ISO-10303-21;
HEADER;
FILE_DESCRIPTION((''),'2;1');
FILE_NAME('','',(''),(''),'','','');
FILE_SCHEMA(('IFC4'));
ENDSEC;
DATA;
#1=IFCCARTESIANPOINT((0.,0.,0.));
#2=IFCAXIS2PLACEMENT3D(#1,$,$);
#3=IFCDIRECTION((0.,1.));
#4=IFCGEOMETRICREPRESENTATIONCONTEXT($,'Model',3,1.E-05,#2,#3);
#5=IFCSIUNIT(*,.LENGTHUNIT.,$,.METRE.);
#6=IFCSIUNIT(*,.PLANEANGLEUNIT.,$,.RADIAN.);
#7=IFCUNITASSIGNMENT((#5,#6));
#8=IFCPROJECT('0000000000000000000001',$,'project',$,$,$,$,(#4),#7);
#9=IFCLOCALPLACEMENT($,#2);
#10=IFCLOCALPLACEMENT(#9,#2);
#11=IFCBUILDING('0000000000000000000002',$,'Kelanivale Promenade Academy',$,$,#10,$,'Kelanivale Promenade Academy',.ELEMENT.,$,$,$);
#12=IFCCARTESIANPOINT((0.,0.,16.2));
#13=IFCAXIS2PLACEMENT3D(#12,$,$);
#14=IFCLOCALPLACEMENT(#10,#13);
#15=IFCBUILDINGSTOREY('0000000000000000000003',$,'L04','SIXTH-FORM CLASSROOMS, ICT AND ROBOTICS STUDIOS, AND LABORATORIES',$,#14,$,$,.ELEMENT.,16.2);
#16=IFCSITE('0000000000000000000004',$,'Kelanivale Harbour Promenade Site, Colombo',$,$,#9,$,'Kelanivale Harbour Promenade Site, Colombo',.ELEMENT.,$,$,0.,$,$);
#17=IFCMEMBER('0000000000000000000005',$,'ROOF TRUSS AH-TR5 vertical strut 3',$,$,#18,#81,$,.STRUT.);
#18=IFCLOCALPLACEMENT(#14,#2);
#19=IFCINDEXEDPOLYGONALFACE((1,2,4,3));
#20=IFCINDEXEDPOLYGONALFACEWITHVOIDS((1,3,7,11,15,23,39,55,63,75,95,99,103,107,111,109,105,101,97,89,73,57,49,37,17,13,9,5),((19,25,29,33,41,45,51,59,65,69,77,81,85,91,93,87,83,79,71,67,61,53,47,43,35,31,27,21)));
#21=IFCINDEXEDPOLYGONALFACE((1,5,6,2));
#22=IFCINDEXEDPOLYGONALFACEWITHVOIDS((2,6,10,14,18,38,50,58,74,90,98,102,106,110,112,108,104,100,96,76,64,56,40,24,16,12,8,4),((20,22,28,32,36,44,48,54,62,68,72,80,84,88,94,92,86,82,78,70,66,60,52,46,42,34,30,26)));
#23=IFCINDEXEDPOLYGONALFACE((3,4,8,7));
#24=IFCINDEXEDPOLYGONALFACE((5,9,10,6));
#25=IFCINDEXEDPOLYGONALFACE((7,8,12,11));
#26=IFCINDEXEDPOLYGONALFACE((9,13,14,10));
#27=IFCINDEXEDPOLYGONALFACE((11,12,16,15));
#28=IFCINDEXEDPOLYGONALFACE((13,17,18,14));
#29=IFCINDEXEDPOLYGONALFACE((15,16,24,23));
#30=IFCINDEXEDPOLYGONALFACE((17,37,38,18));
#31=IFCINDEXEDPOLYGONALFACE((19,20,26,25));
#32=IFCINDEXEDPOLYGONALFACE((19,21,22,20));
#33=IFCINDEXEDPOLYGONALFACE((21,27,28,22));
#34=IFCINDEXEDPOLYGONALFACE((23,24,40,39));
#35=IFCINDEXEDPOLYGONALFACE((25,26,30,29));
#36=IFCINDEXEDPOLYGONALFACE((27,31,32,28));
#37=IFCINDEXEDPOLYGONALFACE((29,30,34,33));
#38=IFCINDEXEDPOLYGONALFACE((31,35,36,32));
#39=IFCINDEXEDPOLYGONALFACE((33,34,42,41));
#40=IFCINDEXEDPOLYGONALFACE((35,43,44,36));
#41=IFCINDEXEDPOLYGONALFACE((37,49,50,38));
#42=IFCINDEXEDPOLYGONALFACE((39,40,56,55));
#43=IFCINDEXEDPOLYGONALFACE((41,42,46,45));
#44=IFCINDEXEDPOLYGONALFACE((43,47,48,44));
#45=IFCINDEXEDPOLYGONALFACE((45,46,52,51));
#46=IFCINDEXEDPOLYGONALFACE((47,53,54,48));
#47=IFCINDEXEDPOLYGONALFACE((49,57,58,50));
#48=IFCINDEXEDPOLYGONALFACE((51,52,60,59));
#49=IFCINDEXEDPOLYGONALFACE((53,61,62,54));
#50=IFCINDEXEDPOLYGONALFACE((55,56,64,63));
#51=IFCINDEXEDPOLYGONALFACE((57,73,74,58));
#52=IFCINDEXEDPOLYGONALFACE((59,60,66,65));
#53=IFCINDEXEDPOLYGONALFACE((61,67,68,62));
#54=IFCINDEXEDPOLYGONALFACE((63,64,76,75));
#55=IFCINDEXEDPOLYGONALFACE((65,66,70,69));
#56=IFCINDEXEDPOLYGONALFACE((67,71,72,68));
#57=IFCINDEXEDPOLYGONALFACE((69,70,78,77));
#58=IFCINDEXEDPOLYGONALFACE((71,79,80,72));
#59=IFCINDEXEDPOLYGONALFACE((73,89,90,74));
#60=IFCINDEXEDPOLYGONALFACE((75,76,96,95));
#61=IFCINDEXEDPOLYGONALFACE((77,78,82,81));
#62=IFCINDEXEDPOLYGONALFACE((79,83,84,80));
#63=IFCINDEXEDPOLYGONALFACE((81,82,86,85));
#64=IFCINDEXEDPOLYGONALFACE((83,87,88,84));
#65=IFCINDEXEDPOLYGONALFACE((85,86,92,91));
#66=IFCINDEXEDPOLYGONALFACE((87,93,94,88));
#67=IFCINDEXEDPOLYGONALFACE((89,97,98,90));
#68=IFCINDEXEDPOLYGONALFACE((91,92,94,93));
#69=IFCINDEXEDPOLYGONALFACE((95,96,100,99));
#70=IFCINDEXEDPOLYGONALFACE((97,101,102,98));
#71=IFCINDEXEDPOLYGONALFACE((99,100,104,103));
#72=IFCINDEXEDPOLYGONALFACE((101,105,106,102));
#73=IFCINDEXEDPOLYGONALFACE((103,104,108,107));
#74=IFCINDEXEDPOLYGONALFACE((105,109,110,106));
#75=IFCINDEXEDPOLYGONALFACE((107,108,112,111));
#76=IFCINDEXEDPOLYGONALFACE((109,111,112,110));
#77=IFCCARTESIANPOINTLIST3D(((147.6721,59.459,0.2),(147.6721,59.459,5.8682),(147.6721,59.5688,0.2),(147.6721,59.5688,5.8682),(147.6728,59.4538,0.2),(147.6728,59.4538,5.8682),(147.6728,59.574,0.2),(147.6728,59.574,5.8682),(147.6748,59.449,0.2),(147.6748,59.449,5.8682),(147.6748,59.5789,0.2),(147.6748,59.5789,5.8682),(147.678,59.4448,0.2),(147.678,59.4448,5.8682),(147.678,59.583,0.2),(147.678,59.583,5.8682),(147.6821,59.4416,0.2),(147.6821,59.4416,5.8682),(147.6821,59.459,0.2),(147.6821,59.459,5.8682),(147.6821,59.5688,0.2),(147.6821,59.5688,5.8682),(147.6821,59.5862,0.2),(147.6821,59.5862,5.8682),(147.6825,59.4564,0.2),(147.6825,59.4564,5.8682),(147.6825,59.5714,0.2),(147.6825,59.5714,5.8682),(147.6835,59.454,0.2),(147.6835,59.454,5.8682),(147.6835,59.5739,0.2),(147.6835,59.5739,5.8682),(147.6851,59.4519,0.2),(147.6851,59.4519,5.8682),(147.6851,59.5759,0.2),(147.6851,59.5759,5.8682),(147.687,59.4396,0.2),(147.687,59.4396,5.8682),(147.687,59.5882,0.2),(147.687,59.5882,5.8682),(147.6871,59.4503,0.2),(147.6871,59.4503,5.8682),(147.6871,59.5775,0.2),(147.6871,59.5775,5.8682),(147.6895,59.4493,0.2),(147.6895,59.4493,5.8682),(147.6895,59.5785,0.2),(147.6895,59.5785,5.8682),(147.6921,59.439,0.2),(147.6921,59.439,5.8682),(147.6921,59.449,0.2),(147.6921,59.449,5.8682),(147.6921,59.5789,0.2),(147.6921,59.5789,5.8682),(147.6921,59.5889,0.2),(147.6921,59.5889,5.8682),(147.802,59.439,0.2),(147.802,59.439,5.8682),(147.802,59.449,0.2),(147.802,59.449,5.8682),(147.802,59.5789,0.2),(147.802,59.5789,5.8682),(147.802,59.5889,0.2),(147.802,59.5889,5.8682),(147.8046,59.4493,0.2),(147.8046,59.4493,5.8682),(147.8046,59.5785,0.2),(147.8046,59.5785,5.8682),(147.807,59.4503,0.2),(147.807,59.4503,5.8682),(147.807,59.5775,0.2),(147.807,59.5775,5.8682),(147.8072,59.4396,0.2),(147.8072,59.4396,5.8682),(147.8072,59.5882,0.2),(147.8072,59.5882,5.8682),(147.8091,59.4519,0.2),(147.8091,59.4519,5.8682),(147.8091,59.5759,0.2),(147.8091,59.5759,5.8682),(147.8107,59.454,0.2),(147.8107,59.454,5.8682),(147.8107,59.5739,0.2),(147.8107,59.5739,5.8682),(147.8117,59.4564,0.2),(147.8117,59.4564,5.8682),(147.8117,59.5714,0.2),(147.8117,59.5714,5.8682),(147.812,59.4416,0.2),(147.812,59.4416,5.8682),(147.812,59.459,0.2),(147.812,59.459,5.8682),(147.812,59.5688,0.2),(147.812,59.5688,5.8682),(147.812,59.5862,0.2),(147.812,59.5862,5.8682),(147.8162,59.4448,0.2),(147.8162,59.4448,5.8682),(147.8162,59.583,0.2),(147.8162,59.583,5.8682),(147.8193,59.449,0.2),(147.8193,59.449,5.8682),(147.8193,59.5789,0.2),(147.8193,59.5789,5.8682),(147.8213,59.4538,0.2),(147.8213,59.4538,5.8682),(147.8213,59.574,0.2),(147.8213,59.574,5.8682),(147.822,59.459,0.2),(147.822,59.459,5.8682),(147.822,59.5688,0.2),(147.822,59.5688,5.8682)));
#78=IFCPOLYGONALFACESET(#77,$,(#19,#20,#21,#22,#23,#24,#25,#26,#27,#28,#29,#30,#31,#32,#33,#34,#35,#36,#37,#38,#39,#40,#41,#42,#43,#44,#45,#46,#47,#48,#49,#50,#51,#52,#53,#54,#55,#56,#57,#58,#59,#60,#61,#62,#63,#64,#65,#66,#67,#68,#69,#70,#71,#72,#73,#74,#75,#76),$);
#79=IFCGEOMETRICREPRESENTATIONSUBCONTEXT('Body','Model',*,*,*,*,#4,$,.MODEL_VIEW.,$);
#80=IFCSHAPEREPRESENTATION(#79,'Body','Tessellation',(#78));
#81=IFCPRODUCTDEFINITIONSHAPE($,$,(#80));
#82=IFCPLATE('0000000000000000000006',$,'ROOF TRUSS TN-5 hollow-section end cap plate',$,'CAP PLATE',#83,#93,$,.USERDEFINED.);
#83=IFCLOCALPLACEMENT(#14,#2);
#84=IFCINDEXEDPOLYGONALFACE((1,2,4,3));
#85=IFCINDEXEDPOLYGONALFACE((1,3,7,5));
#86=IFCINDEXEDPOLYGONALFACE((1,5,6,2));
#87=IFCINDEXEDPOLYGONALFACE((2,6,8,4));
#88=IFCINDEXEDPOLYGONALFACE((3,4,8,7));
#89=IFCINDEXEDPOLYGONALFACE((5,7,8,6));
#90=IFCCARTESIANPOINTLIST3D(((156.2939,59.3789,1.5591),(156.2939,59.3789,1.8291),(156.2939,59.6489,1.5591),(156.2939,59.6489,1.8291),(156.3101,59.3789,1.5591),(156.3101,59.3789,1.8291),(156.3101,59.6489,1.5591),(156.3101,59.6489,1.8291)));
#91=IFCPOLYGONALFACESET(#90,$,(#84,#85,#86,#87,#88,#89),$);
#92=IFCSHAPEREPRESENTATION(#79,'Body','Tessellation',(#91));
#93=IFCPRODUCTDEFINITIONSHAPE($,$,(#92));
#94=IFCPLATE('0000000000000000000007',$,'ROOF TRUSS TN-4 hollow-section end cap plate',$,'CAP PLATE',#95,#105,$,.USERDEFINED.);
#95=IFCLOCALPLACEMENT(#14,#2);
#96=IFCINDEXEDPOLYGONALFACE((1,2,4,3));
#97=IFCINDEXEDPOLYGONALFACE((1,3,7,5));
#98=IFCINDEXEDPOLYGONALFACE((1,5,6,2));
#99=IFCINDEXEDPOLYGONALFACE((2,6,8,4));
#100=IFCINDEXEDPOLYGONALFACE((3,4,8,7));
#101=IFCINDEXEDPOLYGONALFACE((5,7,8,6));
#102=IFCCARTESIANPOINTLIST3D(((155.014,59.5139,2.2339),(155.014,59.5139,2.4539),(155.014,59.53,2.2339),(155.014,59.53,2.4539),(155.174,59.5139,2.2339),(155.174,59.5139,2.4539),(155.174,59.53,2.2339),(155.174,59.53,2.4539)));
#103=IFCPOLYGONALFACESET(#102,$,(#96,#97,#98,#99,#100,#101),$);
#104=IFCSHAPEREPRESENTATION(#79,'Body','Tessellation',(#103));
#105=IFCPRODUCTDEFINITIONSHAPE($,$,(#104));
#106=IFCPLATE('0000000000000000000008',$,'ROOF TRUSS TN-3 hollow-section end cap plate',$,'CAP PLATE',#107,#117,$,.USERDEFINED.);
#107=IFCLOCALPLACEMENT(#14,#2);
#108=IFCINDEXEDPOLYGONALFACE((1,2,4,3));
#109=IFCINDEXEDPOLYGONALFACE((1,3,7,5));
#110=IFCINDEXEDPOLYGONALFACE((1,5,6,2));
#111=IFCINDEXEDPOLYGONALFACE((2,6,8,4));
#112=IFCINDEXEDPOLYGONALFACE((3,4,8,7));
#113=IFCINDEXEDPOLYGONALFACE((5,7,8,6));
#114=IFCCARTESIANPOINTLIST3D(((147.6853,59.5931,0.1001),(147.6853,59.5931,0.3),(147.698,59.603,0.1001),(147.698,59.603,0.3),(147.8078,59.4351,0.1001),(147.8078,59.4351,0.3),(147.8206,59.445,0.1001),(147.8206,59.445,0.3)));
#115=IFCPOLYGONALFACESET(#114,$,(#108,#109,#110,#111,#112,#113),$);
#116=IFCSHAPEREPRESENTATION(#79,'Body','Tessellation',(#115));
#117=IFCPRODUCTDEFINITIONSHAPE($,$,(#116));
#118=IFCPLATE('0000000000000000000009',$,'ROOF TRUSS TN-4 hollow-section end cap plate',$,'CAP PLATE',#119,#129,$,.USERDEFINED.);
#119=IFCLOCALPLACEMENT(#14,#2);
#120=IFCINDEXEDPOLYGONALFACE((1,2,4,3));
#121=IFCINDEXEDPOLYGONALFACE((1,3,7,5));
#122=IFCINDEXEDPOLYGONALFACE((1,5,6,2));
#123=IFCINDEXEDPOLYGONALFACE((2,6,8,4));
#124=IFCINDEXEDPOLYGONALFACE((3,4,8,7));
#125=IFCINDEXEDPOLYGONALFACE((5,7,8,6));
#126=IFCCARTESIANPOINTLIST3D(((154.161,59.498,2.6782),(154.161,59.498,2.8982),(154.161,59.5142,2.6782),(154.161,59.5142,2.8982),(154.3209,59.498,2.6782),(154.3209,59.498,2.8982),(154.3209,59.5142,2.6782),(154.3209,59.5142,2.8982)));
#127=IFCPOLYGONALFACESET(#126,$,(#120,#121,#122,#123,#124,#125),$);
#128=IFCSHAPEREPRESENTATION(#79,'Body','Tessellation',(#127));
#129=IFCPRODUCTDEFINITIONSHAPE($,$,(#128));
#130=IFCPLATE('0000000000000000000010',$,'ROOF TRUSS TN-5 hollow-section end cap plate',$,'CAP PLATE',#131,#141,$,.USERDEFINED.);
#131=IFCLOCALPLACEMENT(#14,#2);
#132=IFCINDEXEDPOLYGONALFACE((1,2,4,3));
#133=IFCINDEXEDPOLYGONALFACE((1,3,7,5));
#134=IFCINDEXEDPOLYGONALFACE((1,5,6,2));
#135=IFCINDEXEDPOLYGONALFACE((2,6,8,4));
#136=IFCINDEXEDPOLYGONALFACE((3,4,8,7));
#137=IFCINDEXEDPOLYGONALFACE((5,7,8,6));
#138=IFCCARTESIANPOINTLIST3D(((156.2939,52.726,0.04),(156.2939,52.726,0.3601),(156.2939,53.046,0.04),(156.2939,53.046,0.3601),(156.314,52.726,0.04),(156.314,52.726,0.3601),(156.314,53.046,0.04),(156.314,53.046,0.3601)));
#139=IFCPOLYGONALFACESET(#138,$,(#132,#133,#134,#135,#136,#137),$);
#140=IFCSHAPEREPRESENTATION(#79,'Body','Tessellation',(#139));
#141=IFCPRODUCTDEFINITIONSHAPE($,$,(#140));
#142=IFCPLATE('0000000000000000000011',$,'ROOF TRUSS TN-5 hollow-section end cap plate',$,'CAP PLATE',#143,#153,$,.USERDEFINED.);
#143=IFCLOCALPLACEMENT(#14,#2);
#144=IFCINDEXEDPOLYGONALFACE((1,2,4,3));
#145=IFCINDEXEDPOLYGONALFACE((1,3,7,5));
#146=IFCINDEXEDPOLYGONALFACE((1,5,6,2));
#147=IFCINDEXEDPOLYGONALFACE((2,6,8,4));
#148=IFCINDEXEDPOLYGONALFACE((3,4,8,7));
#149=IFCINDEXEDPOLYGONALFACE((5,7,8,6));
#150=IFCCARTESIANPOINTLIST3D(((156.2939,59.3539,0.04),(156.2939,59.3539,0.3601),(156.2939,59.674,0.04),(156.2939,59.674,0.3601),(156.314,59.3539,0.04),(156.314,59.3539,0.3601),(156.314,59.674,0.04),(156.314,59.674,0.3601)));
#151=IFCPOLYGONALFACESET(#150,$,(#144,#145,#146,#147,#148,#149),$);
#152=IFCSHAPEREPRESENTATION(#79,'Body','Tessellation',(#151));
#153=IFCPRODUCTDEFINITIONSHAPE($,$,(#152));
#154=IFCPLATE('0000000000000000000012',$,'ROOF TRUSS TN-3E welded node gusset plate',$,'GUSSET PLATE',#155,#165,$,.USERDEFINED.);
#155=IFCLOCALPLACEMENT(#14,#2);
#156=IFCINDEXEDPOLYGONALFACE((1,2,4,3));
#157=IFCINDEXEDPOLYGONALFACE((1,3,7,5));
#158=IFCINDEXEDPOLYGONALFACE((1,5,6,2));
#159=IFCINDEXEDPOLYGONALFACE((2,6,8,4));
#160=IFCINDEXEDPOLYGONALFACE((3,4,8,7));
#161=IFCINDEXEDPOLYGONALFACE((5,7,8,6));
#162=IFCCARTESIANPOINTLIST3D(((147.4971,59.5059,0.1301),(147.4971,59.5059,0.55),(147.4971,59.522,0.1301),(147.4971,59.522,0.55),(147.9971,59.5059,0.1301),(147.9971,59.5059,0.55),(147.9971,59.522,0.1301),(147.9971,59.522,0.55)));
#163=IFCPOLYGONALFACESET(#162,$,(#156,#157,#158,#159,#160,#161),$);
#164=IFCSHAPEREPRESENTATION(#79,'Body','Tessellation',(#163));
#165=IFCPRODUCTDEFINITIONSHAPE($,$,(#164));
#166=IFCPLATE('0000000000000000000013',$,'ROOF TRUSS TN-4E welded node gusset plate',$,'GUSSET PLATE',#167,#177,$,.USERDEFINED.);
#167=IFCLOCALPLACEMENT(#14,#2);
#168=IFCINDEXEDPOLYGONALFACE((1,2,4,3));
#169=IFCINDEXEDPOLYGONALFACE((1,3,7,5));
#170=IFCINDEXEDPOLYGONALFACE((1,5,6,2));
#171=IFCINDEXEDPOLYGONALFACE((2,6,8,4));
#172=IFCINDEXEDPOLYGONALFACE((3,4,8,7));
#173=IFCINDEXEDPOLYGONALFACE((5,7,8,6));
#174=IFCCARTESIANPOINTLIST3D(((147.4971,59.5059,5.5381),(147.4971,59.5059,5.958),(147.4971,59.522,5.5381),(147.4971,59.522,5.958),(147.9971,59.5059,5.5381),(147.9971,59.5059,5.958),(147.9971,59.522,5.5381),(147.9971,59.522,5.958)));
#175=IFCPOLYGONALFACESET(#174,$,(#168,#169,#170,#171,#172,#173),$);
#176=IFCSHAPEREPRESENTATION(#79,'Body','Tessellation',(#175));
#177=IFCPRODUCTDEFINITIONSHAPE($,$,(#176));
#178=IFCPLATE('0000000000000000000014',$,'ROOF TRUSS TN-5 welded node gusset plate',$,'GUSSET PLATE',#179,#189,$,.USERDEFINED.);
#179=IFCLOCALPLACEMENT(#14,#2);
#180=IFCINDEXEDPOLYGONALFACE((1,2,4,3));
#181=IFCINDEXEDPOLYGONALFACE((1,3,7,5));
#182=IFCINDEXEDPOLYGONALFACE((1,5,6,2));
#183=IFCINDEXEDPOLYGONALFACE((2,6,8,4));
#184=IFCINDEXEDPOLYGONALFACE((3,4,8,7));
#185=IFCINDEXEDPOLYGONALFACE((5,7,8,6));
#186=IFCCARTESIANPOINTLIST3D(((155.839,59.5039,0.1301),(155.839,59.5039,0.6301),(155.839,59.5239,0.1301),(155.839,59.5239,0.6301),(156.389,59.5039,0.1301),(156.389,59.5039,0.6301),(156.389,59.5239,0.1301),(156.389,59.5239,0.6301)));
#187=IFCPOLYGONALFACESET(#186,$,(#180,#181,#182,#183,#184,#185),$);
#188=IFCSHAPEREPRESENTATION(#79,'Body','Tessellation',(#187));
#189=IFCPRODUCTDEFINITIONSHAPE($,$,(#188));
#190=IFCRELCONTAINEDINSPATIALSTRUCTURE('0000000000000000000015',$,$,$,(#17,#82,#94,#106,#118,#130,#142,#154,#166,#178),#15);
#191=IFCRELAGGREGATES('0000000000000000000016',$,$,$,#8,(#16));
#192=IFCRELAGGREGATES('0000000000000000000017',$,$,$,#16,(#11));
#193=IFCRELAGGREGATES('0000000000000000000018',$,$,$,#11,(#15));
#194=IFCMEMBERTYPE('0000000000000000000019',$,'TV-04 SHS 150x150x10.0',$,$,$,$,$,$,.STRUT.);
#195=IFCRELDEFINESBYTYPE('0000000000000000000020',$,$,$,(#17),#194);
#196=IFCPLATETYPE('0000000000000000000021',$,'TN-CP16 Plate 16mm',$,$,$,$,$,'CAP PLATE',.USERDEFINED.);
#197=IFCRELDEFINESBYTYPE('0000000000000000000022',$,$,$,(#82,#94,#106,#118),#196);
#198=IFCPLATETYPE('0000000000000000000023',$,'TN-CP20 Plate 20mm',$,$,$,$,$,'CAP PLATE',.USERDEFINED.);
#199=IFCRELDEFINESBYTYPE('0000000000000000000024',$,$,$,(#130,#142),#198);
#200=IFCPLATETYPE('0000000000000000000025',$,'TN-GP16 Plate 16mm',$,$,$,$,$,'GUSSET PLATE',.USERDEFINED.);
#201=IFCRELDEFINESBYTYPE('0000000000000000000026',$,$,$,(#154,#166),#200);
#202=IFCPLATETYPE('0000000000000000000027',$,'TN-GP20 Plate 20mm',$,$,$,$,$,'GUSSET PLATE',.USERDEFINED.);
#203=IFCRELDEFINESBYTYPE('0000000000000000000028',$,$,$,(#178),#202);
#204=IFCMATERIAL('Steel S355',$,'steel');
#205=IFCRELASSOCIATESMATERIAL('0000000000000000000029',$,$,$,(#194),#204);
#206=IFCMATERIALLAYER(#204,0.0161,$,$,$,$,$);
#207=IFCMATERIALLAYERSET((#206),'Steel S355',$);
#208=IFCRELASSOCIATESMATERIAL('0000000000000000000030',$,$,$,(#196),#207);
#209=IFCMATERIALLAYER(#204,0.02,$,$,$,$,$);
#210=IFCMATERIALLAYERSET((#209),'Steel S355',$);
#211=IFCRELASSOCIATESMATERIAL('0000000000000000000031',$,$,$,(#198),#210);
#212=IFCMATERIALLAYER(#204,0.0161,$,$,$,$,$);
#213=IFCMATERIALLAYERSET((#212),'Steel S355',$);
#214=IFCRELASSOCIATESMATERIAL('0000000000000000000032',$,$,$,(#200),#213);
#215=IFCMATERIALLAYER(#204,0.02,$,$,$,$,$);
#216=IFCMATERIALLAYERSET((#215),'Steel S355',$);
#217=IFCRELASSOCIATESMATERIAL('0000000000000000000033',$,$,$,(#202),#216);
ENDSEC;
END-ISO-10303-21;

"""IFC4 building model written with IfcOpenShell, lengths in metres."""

from ifc_helpers import new_model, si_unit, direction, frame, origin, origin_2d, place, context, subcontext, project, spatial, rectangle, hollow_rectangle, extrude, material, layer, layer_set, material_profile, profile_set, type_object, element, save


model = new_model("IFC4")

# Units and contexts
model_context = context("Model", 3, precision=1e-05, world=origin(), true_north=direction((0.0, 1.0)))
body_context = subcontext(model_context, "Body", "Model", "MODEL_VIEW")
ifc_project = project(units=[si_unit("LENGTHUNIT", "METRE"), si_unit("PLANEANGLEUNIT", "RADIAN")], contexts=[model_context])

# Site, building, storey
site_placement = place(None, origin())
site = spatial("IfcSite", under=ifc_project, at=site_placement, Name="Kelanivale Harbour Promenade Site, Colombo", LongName="Kelanivale Harbour Promenade Site, Colombo", CompositionType="ELEMENT", RefElevation=0.0)
building_placement = place(site_placement, origin())
building = spatial("IfcBuilding", under=site, at=building_placement, Name="Kelanivale Promenade Academy", LongName="Kelanivale Promenade Academy", CompositionType="ELEMENT")
storey_placement = place(building_placement, frame((0.0, 0.0, 16.2)))
storey = spatial("IfcBuildingStorey", under=building, at=storey_placement, Name="L04", Description="SIXTH-FORM CLASSROOMS, ICT AND ROBOTICS STUDIOS, AND LABORATORIES", CompositionType="ELEMENT", Elevation=16.2)

# Shared definitions
ifc_material_1 = material(Name="Steel S355", Category="steel")

# Member
ifc_material_profile_1 = material_profile(ifc_material_1, hollow_rectangle(XDim=0.1499, YDim=0.1499, WallThickness=0.01, InnerFilletRadius=0.01, OuterFilletRadius=0.02, at=origin_2d()), Name="SHS 150x150x10.0")
ifc_profile_set_1 = profile_set([ifc_material_profile_1], Name="Steel S355")
member_type_1 = type_object("IfcMemberType", Name="TV-04 SHS 150x150x10.0", PredefinedType="STRUT", material=ifc_profile_set_1)
member_1_placement = place(storey_placement, frame((147.7471, 59.5139, 0.2), z_axis=(0.0, 0.0, 1.0), x_axis=(1.0, 0.0, 0.0)))
element("IfcMember", 1, at=member_1_placement, inside=storey, type_object=member_type_1, Name="ROOF TRUSS AH-TR5 vertical strut 3", PredefinedType="STRUT", context=body_context, shape_type="SweptSolid", body=[
    extrude(hollow_rectangle(XDim=0.1499, YDim=0.1499, WallThickness=0.01, InnerFilletRadius=0.01, OuterFilletRadius=0.02, at=origin_2d()), origin(), (0.0, 0.0, 1.0), 5.6682),
])

# Plates
ifc_layer_1 = layer(ifc_material_1, 0.0161)
ifc_layer_set_1 = layer_set([ifc_layer_1], Name="Steel S355")
plate_type_1 = type_object("IfcPlateType", Name="TN-CP16 Plate 16mm", ElementType="CAP PLATE", PredefinedType="USERDEFINED", material=ifc_layer_set_1)
plate_1_placement = place(storey_placement, frame((156.302, 59.5139, 1.5591), z_axis=(0.0, 0.0, 1.0), x_axis=(1.0, 0.0, 0.0)))
element("IfcPlate", 2, at=plate_1_placement, inside=storey, type_object=plate_type_1, Name="ROOF TRUSS TN-5 hollow-section end cap plate", ObjectType="CAP PLATE", PredefinedType="USERDEFINED", context=body_context, shape_type="SweptSolid", body=[
    extrude(rectangle(XDim=0.0161, YDim=0.27, at=origin_2d()), origin(), (0.0, 0.0, 1.0), 0.27),
])
plate_2_placement = place(storey_placement, frame((155.094, 59.522, 2.2339), z_axis=(0.0, 0.0, 1.0), x_axis=(0.0, 1.0, 0.0)))
element("IfcPlate", 3, at=plate_2_placement, inside=storey, type_object=plate_type_1, Name="ROOF TRUSS TN-4 hollow-section end cap plate", ObjectType="CAP PLATE", PredefinedType="USERDEFINED", context=body_context, shape_type="SweptSolid", body=[
    extrude(rectangle(XDim=0.0161, YDim=0.1599, at=origin_2d()), origin(), (0.0, 0.0, 1.0), 0.22),
])
plate_3_placement = place(storey_placement, frame((147.7529, 59.519, 0.1001), z_axis=(0.0, 0.0, 1.0), x_axis=(0.790262, 0.612769, 0.0)))
element("IfcPlate", 4, at=plate_3_placement, inside=storey, type_object=plate_type_1, Name="ROOF TRUSS TN-3 hollow-section end cap plate", ObjectType="CAP PLATE", PredefinedType="USERDEFINED", context=body_context, shape_type="SweptSolid", body=[
    extrude(rectangle(XDim=0.0161, YDim=0.2, at=origin_2d()), origin(), (0.0, 0.0, 1.0), 0.2),
])
plate_4_placement = place(storey_placement, frame((154.241, 59.5061, 2.6782), z_axis=(0.0, 0.0, 1.0), x_axis=(0.0, -1.0, 0.0)))
element("IfcPlate", 5, at=plate_4_placement, inside=storey, type_object=plate_type_1, Name="ROOF TRUSS TN-4 hollow-section end cap plate", ObjectType="CAP PLATE", PredefinedType="USERDEFINED", context=body_context, shape_type="SweptSolid", body=[
    extrude(rectangle(XDim=0.0161, YDim=0.1599, at=origin_2d()), origin(), (0.0, 0.0, 1.0), 0.22),
])
ifc_layer_2 = layer(ifc_material_1, 0.02)
ifc_layer_set_2 = layer_set([ifc_layer_2], Name="Steel S355")
plate_type_2 = type_object("IfcPlateType", Name="TN-CP20 Plate 20mm", ElementType="CAP PLATE", PredefinedType="USERDEFINED", material=ifc_layer_set_2)
for number, where, z_axis, x_axis, name in (
    (6, (156.304, 52.886, 0.04), (0.0, 0.0, 1.0), (1.0, 0.0, 0.0), "ROOF TRUSS TN-5 hollow-section end cap plate"),
    (7, (156.304, 59.5139, 0.04), (0.0, 0.0, 1.0), (1.0, 0.0, 0.0), "ROOF TRUSS TN-5 hollow-section end cap plate"),
):
    element("IfcPlate", number, at=place(storey_placement, frame(where, z_axis=z_axis, x_axis=x_axis)), inside=storey, type_object=plate_type_2, Name=name, ObjectType="CAP PLATE", PredefinedType="USERDEFINED", context=body_context, shape_type="SweptSolid", body=[
        extrude(rectangle(XDim=0.02, YDim=0.3201, at=origin_2d()), origin(), (0.0, 0.0, 1.0), 0.3201),
    ])
ifc_layer_3 = layer(ifc_material_1, 0.0161)
ifc_layer_set_3 = layer_set([ifc_layer_3], Name="Steel S355")
plate_type_3 = type_object("IfcPlateType", Name="TN-GP16 Plate 16mm", ElementType="GUSSET PLATE", PredefinedType="USERDEFINED", material=ifc_layer_set_3)
for number, where, z_axis, x_axis, name in (
    (8, (147.7471, 59.5139, 0.1301), (0.0, 0.0, 1.0), (1.0, 0.0, 0.0), "ROOF TRUSS TN-3E welded node gusset plate"),
    (9, (147.7471, 59.5139, 5.5381), (0.0, 0.0, 1.0), (1.0, 0.0, 0.0), "ROOF TRUSS TN-4E welded node gusset plate"),
):
    element("IfcPlate", number, at=place(storey_placement, frame(where, z_axis=z_axis, x_axis=x_axis)), inside=storey, type_object=plate_type_3, Name=name, ObjectType="GUSSET PLATE", PredefinedType="USERDEFINED", context=body_context, shape_type="SweptSolid", body=[
        extrude(rectangle(XDim=0.5, YDim=0.0161, at=origin_2d()), origin(), (0.0, 0.0, 1.0), 0.4199),
    ])
ifc_layer_4 = layer(ifc_material_1, 0.02)
ifc_layer_set_4 = layer_set([ifc_layer_4], Name="Steel S355")
plate_type_4 = type_object("IfcPlateType", Name="TN-GP20 Plate 20mm", ElementType="GUSSET PLATE", PredefinedType="USERDEFINED", material=ifc_layer_set_4)
plate_5_placement = place(storey_placement, frame((156.114, 59.5139, 0.1301), z_axis=(0.0, 0.0, 1.0), x_axis=(1.0, 0.0, 0.0)))
element("IfcPlate", 10, at=plate_5_placement, inside=storey, type_object=plate_type_4, Name="ROOF TRUSS TN-5 welded node gusset plate", ObjectType="GUSSET PLATE", PredefinedType="USERDEFINED", context=body_context, shape_type="SweptSolid", body=[
    extrude(rectangle(XDim=0.55, YDim=0.02, at=origin_2d()), origin(), (0.0, 0.0, 1.0), 0.5),
])

save(model, "model.ifc")
